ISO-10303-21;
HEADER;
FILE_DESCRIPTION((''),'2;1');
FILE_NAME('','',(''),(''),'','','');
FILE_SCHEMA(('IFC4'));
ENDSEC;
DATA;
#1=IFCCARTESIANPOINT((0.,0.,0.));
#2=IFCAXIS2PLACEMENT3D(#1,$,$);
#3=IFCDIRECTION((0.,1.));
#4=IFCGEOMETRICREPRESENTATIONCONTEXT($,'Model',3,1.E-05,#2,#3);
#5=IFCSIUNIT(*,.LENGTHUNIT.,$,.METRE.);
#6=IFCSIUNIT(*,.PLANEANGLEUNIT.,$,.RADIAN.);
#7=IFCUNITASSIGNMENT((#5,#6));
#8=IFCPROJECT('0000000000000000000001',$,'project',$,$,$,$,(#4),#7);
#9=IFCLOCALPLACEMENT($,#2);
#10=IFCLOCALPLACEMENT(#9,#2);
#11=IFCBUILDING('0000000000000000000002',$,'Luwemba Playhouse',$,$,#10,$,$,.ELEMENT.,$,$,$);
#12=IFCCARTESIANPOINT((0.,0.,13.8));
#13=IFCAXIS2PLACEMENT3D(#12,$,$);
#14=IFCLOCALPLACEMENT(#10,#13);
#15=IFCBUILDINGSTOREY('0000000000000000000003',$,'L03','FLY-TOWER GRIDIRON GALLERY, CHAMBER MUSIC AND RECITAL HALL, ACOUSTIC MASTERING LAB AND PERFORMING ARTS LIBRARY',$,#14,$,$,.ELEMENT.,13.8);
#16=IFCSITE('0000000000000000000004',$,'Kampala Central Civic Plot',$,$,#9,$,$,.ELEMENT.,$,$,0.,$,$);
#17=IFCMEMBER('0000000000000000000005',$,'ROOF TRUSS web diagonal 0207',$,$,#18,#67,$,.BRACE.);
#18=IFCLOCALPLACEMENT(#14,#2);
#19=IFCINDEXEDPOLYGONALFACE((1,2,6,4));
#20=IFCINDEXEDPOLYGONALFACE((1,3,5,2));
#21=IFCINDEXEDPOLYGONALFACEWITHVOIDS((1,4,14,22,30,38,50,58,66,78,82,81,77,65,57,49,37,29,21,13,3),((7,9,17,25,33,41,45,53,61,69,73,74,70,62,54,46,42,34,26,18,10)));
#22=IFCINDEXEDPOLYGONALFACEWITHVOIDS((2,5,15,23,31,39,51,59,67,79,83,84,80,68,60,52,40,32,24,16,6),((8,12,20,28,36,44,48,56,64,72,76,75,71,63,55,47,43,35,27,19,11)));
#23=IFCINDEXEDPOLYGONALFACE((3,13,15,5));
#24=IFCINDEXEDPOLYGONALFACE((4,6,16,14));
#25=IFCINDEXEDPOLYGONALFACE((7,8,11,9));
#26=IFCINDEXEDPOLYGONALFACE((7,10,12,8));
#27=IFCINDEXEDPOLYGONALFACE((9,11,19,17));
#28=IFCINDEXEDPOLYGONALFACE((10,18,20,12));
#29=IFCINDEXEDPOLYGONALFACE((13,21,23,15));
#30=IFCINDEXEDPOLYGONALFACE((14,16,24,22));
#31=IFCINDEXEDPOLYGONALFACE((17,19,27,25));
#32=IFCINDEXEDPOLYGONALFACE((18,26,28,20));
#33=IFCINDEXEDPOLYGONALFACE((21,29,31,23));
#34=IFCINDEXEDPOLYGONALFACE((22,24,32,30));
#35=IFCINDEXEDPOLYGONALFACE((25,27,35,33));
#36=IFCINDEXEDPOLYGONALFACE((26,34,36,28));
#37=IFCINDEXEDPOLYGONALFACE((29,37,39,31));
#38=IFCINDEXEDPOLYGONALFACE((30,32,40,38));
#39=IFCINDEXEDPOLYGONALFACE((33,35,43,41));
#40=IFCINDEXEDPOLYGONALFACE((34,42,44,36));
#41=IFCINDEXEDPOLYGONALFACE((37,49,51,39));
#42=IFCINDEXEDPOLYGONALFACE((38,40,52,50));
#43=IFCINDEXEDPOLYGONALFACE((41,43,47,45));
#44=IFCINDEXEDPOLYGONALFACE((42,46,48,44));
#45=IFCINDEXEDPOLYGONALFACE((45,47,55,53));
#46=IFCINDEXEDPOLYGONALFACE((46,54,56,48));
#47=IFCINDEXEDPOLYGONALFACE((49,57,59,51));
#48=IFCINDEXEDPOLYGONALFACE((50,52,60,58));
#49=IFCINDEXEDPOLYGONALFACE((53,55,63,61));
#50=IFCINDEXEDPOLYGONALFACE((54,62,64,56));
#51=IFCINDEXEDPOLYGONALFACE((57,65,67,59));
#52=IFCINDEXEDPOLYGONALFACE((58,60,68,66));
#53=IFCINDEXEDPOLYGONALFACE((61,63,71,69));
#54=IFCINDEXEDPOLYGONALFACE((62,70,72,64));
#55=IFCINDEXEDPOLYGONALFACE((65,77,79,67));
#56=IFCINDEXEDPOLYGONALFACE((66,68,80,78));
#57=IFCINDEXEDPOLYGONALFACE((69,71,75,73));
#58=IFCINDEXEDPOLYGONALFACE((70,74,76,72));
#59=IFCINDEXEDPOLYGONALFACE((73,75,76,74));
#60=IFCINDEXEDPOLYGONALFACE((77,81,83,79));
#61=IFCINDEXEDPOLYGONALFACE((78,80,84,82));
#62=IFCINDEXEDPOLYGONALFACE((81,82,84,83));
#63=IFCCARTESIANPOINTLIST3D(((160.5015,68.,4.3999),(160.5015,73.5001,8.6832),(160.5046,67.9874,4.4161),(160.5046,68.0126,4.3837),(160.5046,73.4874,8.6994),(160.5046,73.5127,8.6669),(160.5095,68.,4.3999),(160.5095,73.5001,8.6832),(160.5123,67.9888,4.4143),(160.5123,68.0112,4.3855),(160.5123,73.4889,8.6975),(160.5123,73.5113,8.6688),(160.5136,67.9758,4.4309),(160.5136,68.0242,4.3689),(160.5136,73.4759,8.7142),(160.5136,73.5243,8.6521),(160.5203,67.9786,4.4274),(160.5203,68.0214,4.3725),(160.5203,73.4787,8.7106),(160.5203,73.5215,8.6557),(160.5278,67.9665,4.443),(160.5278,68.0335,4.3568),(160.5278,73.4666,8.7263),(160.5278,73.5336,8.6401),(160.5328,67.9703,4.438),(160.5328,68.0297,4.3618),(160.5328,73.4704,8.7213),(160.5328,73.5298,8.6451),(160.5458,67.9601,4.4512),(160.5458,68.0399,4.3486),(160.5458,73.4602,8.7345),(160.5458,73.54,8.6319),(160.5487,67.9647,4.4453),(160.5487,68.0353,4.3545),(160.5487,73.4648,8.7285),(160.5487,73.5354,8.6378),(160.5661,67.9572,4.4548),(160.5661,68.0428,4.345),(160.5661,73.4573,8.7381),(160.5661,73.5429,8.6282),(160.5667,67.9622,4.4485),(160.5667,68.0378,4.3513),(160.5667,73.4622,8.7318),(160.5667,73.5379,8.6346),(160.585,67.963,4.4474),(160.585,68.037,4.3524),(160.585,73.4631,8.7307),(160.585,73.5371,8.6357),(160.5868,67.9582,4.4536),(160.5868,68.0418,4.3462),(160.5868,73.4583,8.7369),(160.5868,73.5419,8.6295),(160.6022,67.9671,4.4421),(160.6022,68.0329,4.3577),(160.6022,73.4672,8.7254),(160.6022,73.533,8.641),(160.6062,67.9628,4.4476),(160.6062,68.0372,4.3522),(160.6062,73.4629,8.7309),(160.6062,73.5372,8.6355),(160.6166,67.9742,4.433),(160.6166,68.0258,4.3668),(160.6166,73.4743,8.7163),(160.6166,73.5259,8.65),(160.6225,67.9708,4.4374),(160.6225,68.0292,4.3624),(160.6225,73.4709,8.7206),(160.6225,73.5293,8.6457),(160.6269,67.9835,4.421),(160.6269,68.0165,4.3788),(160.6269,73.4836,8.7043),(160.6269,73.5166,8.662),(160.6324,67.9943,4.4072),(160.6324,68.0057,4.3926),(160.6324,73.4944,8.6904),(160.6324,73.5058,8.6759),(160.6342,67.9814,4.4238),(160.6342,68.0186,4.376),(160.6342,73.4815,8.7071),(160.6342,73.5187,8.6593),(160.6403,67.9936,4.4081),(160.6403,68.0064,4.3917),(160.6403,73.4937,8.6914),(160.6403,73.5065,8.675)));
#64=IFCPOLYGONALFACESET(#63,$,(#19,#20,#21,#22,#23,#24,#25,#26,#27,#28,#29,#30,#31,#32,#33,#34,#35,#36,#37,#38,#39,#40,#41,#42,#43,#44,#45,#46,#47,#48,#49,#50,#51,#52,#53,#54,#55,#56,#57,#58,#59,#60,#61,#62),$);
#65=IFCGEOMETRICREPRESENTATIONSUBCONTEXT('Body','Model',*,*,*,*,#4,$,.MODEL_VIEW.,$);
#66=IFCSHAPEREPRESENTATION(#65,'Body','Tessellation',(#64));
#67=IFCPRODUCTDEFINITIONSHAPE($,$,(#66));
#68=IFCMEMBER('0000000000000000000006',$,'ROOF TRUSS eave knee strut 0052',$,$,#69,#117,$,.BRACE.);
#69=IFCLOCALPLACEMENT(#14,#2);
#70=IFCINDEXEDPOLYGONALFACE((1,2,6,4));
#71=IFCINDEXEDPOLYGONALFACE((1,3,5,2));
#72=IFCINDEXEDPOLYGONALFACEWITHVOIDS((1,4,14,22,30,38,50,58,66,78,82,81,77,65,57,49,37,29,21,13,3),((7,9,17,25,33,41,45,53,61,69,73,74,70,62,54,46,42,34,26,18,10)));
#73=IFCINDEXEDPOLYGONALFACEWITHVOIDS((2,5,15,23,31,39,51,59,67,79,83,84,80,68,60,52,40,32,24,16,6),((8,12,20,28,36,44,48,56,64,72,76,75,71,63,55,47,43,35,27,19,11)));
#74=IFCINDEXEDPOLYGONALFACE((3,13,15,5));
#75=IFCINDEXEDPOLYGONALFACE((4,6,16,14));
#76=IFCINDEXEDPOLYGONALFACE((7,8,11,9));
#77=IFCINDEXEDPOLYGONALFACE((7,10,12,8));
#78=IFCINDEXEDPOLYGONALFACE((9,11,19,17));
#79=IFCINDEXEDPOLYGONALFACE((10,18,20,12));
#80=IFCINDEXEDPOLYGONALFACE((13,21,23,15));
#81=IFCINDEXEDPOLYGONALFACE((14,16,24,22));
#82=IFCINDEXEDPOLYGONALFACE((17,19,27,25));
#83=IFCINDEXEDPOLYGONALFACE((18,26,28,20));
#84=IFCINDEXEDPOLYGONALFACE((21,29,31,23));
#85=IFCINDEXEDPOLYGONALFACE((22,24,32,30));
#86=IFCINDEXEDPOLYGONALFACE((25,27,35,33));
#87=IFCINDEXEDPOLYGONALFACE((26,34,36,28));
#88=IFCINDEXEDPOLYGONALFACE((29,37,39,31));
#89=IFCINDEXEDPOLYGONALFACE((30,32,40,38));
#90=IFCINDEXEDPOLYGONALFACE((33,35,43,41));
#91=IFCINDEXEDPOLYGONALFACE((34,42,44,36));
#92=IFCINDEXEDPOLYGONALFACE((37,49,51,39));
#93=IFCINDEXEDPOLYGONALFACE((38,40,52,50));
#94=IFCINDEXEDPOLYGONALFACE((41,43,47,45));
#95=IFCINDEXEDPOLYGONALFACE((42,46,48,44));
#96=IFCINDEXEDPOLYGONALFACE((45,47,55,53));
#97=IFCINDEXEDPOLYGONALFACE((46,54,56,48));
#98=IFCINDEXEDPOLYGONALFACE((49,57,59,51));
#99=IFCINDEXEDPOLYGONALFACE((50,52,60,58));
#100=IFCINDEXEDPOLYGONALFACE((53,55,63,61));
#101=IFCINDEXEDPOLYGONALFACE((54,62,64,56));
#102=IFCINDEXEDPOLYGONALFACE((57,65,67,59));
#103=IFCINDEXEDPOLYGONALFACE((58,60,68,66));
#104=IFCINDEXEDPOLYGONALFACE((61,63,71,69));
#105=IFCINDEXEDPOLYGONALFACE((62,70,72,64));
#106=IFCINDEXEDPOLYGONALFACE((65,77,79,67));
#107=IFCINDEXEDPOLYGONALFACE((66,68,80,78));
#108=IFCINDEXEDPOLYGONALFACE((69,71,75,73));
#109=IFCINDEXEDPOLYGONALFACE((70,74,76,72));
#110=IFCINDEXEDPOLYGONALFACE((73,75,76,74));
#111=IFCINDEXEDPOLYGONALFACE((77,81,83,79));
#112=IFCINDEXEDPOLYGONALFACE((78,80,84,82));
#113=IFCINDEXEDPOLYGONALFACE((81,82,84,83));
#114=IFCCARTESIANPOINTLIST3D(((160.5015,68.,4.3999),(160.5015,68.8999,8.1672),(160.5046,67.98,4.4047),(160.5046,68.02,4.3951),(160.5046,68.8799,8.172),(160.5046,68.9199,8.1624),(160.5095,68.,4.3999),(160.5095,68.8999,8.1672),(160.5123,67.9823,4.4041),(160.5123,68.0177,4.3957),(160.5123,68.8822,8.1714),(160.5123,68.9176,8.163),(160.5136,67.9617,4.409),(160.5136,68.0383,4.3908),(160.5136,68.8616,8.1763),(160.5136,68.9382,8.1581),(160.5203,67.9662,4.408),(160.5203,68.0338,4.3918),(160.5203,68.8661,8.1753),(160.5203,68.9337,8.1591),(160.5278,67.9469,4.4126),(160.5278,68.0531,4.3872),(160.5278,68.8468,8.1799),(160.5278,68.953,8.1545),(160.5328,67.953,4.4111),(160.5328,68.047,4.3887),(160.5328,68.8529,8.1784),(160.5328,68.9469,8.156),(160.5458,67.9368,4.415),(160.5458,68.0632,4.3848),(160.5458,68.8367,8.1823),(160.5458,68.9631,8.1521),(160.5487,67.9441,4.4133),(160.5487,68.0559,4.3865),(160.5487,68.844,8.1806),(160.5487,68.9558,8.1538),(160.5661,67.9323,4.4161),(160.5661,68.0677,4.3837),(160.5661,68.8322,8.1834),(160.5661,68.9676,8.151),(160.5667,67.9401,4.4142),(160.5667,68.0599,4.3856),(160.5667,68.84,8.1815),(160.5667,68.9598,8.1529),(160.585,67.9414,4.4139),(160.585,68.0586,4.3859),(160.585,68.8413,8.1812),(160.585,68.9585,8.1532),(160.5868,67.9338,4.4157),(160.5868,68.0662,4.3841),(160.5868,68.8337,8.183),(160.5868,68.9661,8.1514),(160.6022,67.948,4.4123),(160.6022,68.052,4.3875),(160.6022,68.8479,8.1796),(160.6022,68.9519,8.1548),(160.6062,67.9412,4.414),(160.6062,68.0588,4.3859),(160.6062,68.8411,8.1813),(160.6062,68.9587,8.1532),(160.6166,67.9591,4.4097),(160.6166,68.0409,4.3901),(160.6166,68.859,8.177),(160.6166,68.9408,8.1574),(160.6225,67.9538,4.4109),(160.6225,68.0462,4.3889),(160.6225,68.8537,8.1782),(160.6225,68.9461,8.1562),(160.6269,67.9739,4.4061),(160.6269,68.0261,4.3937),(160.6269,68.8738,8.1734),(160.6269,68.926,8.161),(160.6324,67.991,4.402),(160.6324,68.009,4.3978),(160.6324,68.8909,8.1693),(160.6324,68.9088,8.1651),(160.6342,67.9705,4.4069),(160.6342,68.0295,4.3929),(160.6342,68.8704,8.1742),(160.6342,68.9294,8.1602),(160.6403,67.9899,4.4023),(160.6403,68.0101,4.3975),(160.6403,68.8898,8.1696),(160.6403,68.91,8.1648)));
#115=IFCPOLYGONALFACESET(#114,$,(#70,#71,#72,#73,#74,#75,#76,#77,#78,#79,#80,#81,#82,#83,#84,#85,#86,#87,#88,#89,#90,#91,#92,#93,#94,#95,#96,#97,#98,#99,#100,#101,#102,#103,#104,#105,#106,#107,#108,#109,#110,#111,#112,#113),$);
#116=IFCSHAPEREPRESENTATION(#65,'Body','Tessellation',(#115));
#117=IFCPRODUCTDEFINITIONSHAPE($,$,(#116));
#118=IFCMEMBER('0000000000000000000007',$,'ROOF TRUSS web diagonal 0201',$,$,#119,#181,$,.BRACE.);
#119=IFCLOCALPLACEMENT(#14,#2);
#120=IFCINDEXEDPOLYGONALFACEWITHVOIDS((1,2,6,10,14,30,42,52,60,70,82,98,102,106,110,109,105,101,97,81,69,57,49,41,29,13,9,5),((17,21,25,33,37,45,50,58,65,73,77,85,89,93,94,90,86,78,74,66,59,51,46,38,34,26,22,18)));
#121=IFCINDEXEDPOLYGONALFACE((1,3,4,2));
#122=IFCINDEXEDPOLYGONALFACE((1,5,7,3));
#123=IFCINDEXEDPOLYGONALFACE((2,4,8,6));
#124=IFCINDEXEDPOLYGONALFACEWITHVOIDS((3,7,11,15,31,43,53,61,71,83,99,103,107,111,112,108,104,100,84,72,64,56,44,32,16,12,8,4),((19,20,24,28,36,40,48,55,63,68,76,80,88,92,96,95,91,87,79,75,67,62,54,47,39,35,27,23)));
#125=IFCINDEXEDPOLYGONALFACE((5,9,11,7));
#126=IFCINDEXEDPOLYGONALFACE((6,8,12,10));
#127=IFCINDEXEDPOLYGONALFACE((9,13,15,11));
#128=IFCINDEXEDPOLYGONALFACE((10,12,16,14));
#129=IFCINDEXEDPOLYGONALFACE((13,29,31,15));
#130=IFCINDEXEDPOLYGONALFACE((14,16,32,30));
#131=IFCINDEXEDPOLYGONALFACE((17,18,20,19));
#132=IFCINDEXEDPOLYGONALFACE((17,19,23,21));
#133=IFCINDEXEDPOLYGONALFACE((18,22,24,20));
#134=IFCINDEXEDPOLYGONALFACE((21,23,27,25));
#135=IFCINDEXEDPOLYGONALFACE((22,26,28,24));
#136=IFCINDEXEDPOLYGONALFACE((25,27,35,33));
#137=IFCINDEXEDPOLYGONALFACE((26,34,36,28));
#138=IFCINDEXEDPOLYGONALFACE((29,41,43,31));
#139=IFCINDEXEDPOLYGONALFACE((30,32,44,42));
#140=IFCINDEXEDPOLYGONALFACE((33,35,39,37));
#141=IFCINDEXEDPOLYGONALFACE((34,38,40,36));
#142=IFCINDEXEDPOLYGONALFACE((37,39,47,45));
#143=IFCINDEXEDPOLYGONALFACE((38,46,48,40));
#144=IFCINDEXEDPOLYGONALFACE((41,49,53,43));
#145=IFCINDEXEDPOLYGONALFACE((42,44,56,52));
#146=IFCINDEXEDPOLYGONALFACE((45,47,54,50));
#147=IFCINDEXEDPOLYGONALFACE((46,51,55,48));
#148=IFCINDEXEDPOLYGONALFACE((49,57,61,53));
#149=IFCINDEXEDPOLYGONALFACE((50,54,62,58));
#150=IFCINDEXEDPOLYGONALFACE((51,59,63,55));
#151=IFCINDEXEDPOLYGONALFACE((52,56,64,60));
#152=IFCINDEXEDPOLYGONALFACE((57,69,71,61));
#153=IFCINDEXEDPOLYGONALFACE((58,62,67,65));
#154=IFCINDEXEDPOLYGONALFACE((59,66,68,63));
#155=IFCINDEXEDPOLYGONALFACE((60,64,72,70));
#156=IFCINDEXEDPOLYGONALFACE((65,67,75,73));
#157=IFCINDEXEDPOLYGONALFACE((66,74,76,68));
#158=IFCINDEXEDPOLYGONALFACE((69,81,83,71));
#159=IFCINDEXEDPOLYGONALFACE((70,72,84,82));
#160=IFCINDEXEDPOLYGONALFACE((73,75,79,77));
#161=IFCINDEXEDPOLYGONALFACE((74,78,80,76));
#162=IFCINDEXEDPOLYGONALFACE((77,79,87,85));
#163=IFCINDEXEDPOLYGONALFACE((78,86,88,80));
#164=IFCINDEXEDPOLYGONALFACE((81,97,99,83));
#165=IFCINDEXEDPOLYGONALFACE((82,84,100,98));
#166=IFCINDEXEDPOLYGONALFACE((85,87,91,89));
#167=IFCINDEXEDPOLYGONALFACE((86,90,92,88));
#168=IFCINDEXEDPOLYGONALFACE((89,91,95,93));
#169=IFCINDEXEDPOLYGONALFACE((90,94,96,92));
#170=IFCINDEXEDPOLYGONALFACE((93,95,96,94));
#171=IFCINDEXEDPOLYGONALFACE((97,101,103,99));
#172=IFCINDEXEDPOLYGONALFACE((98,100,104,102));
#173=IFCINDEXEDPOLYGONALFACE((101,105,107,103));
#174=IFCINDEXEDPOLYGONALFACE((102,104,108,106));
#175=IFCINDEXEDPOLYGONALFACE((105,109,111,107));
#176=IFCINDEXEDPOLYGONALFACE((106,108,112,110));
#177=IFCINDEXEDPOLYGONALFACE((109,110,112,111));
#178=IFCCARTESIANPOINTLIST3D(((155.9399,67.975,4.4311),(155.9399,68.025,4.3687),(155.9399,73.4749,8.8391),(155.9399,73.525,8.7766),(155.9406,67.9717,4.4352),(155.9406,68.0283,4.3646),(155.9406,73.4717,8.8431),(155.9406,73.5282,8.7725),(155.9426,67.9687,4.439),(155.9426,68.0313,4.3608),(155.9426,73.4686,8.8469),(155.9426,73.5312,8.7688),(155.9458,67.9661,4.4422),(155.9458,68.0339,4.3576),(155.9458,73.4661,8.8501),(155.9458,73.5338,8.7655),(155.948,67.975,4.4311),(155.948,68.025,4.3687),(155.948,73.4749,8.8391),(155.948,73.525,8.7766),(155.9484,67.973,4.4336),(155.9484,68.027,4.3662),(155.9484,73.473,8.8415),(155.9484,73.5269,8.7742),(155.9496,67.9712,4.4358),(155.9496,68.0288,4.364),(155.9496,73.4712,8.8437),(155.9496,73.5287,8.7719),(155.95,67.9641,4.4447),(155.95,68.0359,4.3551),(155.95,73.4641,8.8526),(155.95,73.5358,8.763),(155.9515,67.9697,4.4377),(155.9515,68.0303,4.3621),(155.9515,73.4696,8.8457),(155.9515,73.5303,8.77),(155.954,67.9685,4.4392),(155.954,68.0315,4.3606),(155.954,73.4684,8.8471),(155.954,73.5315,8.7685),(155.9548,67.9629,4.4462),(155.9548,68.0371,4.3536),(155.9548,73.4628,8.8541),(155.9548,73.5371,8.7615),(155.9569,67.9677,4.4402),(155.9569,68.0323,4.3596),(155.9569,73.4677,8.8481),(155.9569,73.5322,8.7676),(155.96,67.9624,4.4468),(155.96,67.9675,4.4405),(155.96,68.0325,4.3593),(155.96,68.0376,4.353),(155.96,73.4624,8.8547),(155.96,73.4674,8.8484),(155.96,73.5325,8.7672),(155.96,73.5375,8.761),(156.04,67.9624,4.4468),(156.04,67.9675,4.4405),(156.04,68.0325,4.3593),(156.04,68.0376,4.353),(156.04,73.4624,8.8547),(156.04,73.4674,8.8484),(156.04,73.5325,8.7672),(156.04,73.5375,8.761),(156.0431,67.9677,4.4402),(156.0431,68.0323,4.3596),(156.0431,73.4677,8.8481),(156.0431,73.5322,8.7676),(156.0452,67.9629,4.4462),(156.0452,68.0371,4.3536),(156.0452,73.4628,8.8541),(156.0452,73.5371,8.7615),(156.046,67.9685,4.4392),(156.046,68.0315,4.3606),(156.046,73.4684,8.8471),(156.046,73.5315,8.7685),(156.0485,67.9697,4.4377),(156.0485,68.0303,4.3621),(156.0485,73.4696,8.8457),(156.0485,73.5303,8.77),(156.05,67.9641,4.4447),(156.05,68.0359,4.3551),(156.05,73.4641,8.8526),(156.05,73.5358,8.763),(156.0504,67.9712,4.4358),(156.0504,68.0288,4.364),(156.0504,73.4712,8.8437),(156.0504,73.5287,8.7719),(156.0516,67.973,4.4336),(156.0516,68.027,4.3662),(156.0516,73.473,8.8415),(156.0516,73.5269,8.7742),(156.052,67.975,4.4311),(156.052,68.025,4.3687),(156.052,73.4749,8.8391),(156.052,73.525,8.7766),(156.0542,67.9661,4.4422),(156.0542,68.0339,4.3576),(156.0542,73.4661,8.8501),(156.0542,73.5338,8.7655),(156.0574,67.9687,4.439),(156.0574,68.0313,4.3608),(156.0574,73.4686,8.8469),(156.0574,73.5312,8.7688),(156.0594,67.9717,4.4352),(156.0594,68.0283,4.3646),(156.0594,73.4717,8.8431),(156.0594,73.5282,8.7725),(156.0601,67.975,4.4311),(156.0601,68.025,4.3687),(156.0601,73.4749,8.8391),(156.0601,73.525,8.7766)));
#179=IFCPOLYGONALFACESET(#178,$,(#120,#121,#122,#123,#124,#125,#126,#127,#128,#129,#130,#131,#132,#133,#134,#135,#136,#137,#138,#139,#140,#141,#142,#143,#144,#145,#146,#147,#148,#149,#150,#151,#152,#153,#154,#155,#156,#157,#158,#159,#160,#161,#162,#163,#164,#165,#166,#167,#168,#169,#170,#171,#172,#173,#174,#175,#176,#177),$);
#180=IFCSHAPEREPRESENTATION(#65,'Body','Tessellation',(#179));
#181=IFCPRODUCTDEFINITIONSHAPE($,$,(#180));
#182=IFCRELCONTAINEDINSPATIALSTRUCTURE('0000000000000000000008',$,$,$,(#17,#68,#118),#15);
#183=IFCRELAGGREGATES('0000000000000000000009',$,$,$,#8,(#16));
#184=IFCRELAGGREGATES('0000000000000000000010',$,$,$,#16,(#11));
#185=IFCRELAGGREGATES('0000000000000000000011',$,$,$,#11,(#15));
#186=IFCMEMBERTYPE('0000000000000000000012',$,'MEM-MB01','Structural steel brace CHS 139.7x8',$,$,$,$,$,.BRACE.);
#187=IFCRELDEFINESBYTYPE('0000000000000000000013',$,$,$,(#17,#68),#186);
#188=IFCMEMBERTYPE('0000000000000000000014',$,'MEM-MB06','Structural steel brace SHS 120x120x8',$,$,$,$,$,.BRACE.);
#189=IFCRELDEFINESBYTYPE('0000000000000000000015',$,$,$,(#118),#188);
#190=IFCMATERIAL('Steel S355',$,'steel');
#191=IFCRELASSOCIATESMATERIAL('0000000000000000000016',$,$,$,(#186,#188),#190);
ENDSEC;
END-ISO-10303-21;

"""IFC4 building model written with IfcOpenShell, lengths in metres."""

from ifc_helpers import new_model, si_unit, direction, frame, origin, origin_2d, place, context, subcontext, project, spatial, hollow_rectangle, hollow_circle, extrude, material, material_profile, profile_set, type_object, element, save


model = new_model("IFC4")

# Units and contexts
model_context = context("Model", 3, precision=1e-05, world=origin(), true_north=direction((0.0, 1.0)))
body_context = subcontext(model_context, "Body", "Model", "MODEL_VIEW")
ifc_project = project(units=[si_unit("LENGTHUNIT", "METRE"), si_unit("PLANEANGLEUNIT", "RADIAN")], contexts=[model_context])

# Site, building, storey
site_placement = place(None, origin())
site = spatial("IfcSite", under=ifc_project, at=site_placement, Name="Kampala Central Civic Plot", CompositionType="ELEMENT", RefElevation=0.0)
building_placement = place(site_placement, origin())
building = spatial("IfcBuilding", under=site, at=building_placement, Name="Luwemba Playhouse", CompositionType="ELEMENT")
storey_placement = place(building_placement, frame((0.0, 0.0, 13.8)))
storey = spatial("IfcBuildingStorey", under=building, at=storey_placement, Name="L03", Description="FLY-TOWER GRIDIRON GALLERY, CHAMBER MUSIC AND RECITAL HALL, ACOUSTIC MASTERING LAB AND PERFORMING ARTS LIBRARY", CompositionType="ELEMENT", Elevation=13.8)

# Shared definitions
ifc_material_1 = material(Name="Steel S355", Category="steel")

# Members
ifc_material_profile_1 = material_profile(ifc_material_1, hollow_circle(Radius=0.0698, WallThickness=0.0081, at=origin_2d()))
ifc_profile_set_1 = profile_set([ifc_material_profile_1], Name="Steel S355")
member_type_1 = type_object("IfcMemberType", Name="MEM-MB01", Description="Structural steel brace CHS 139.7x8", PredefinedType="BRACE", material=ifc_profile_set_1)
member_1_placement = place(storey_placement, frame((160.5713, 68.0, 4.3999), z_axis=(0.0, 0.788975, 0.614425), x_axis=(-1.0, 0.0, 0.0)))
element("IfcMember", 1, at=member_1_placement, inside=storey, type_object=member_type_1, Name="ROOF TRUSS web diagonal 0207", PredefinedType="BRACE", context=body_context, shape_type="SweptSolid", body=[
    extrude(hollow_circle(Radius=0.0698, WallThickness=0.0081, at=origin_2d()), origin(), (0.0, 0.0, 1.0), 6.9712),
])
member_2_placement = place(storey_placement, frame((160.5713, 68.0, 4.3999), z_axis=(0.0, 0.232333, 0.972636), x_axis=(-1.0, 0.0, 0.0)))
element("IfcMember", 2, at=member_2_placement, inside=storey, type_object=member_type_1, Name="ROOF TRUSS eave knee strut 0052", PredefinedType="BRACE", context=body_context, shape_type="SweptSolid", body=[
    extrude(hollow_circle(Radius=0.0698, WallThickness=0.0081, at=origin_2d()), origin(), (0.0, 0.0, 1.0), 3.8733),
])
ifc_material_profile_2 = material_profile(ifc_material_1, hollow_rectangle(XDim=0.1201, YDim=0.1201, WallThickness=0.0081, InnerFilletRadius=0.012, OuterFilletRadius=0.02, at=origin_2d()))
ifc_profile_set_2 = profile_set([ifc_material_profile_2], Name="Steel S355")
member_type_2 = type_object("IfcMemberType", Name="MEM-MB06", Description="Structural steel brace SHS 120x120x8", PredefinedType="BRACE", material=ifc_profile_set_2)
member_3_placement = place(storey_placement, frame((156.0, 68.0, 4.3999), z_axis=(0.0, 0.780318, 0.625383), x_axis=(-1.0, 0.0, 0.0)))
element("IfcMember", 3, at=member_3_placement, inside=storey, type_object=member_type_2, Name="ROOF TRUSS web diagonal 0201", PredefinedType="BRACE", context=body_context, shape_type="SweptSolid", body=[
    extrude(hollow_rectangle(XDim=0.1201, YDim=0.1201, WallThickness=0.0081, InnerFilletRadius=0.012, OuterFilletRadius=0.02, at=origin_2d()), origin(), (0.0, 0.0, 1.0), 7.0483),
])

save(model, "model.ifc")
